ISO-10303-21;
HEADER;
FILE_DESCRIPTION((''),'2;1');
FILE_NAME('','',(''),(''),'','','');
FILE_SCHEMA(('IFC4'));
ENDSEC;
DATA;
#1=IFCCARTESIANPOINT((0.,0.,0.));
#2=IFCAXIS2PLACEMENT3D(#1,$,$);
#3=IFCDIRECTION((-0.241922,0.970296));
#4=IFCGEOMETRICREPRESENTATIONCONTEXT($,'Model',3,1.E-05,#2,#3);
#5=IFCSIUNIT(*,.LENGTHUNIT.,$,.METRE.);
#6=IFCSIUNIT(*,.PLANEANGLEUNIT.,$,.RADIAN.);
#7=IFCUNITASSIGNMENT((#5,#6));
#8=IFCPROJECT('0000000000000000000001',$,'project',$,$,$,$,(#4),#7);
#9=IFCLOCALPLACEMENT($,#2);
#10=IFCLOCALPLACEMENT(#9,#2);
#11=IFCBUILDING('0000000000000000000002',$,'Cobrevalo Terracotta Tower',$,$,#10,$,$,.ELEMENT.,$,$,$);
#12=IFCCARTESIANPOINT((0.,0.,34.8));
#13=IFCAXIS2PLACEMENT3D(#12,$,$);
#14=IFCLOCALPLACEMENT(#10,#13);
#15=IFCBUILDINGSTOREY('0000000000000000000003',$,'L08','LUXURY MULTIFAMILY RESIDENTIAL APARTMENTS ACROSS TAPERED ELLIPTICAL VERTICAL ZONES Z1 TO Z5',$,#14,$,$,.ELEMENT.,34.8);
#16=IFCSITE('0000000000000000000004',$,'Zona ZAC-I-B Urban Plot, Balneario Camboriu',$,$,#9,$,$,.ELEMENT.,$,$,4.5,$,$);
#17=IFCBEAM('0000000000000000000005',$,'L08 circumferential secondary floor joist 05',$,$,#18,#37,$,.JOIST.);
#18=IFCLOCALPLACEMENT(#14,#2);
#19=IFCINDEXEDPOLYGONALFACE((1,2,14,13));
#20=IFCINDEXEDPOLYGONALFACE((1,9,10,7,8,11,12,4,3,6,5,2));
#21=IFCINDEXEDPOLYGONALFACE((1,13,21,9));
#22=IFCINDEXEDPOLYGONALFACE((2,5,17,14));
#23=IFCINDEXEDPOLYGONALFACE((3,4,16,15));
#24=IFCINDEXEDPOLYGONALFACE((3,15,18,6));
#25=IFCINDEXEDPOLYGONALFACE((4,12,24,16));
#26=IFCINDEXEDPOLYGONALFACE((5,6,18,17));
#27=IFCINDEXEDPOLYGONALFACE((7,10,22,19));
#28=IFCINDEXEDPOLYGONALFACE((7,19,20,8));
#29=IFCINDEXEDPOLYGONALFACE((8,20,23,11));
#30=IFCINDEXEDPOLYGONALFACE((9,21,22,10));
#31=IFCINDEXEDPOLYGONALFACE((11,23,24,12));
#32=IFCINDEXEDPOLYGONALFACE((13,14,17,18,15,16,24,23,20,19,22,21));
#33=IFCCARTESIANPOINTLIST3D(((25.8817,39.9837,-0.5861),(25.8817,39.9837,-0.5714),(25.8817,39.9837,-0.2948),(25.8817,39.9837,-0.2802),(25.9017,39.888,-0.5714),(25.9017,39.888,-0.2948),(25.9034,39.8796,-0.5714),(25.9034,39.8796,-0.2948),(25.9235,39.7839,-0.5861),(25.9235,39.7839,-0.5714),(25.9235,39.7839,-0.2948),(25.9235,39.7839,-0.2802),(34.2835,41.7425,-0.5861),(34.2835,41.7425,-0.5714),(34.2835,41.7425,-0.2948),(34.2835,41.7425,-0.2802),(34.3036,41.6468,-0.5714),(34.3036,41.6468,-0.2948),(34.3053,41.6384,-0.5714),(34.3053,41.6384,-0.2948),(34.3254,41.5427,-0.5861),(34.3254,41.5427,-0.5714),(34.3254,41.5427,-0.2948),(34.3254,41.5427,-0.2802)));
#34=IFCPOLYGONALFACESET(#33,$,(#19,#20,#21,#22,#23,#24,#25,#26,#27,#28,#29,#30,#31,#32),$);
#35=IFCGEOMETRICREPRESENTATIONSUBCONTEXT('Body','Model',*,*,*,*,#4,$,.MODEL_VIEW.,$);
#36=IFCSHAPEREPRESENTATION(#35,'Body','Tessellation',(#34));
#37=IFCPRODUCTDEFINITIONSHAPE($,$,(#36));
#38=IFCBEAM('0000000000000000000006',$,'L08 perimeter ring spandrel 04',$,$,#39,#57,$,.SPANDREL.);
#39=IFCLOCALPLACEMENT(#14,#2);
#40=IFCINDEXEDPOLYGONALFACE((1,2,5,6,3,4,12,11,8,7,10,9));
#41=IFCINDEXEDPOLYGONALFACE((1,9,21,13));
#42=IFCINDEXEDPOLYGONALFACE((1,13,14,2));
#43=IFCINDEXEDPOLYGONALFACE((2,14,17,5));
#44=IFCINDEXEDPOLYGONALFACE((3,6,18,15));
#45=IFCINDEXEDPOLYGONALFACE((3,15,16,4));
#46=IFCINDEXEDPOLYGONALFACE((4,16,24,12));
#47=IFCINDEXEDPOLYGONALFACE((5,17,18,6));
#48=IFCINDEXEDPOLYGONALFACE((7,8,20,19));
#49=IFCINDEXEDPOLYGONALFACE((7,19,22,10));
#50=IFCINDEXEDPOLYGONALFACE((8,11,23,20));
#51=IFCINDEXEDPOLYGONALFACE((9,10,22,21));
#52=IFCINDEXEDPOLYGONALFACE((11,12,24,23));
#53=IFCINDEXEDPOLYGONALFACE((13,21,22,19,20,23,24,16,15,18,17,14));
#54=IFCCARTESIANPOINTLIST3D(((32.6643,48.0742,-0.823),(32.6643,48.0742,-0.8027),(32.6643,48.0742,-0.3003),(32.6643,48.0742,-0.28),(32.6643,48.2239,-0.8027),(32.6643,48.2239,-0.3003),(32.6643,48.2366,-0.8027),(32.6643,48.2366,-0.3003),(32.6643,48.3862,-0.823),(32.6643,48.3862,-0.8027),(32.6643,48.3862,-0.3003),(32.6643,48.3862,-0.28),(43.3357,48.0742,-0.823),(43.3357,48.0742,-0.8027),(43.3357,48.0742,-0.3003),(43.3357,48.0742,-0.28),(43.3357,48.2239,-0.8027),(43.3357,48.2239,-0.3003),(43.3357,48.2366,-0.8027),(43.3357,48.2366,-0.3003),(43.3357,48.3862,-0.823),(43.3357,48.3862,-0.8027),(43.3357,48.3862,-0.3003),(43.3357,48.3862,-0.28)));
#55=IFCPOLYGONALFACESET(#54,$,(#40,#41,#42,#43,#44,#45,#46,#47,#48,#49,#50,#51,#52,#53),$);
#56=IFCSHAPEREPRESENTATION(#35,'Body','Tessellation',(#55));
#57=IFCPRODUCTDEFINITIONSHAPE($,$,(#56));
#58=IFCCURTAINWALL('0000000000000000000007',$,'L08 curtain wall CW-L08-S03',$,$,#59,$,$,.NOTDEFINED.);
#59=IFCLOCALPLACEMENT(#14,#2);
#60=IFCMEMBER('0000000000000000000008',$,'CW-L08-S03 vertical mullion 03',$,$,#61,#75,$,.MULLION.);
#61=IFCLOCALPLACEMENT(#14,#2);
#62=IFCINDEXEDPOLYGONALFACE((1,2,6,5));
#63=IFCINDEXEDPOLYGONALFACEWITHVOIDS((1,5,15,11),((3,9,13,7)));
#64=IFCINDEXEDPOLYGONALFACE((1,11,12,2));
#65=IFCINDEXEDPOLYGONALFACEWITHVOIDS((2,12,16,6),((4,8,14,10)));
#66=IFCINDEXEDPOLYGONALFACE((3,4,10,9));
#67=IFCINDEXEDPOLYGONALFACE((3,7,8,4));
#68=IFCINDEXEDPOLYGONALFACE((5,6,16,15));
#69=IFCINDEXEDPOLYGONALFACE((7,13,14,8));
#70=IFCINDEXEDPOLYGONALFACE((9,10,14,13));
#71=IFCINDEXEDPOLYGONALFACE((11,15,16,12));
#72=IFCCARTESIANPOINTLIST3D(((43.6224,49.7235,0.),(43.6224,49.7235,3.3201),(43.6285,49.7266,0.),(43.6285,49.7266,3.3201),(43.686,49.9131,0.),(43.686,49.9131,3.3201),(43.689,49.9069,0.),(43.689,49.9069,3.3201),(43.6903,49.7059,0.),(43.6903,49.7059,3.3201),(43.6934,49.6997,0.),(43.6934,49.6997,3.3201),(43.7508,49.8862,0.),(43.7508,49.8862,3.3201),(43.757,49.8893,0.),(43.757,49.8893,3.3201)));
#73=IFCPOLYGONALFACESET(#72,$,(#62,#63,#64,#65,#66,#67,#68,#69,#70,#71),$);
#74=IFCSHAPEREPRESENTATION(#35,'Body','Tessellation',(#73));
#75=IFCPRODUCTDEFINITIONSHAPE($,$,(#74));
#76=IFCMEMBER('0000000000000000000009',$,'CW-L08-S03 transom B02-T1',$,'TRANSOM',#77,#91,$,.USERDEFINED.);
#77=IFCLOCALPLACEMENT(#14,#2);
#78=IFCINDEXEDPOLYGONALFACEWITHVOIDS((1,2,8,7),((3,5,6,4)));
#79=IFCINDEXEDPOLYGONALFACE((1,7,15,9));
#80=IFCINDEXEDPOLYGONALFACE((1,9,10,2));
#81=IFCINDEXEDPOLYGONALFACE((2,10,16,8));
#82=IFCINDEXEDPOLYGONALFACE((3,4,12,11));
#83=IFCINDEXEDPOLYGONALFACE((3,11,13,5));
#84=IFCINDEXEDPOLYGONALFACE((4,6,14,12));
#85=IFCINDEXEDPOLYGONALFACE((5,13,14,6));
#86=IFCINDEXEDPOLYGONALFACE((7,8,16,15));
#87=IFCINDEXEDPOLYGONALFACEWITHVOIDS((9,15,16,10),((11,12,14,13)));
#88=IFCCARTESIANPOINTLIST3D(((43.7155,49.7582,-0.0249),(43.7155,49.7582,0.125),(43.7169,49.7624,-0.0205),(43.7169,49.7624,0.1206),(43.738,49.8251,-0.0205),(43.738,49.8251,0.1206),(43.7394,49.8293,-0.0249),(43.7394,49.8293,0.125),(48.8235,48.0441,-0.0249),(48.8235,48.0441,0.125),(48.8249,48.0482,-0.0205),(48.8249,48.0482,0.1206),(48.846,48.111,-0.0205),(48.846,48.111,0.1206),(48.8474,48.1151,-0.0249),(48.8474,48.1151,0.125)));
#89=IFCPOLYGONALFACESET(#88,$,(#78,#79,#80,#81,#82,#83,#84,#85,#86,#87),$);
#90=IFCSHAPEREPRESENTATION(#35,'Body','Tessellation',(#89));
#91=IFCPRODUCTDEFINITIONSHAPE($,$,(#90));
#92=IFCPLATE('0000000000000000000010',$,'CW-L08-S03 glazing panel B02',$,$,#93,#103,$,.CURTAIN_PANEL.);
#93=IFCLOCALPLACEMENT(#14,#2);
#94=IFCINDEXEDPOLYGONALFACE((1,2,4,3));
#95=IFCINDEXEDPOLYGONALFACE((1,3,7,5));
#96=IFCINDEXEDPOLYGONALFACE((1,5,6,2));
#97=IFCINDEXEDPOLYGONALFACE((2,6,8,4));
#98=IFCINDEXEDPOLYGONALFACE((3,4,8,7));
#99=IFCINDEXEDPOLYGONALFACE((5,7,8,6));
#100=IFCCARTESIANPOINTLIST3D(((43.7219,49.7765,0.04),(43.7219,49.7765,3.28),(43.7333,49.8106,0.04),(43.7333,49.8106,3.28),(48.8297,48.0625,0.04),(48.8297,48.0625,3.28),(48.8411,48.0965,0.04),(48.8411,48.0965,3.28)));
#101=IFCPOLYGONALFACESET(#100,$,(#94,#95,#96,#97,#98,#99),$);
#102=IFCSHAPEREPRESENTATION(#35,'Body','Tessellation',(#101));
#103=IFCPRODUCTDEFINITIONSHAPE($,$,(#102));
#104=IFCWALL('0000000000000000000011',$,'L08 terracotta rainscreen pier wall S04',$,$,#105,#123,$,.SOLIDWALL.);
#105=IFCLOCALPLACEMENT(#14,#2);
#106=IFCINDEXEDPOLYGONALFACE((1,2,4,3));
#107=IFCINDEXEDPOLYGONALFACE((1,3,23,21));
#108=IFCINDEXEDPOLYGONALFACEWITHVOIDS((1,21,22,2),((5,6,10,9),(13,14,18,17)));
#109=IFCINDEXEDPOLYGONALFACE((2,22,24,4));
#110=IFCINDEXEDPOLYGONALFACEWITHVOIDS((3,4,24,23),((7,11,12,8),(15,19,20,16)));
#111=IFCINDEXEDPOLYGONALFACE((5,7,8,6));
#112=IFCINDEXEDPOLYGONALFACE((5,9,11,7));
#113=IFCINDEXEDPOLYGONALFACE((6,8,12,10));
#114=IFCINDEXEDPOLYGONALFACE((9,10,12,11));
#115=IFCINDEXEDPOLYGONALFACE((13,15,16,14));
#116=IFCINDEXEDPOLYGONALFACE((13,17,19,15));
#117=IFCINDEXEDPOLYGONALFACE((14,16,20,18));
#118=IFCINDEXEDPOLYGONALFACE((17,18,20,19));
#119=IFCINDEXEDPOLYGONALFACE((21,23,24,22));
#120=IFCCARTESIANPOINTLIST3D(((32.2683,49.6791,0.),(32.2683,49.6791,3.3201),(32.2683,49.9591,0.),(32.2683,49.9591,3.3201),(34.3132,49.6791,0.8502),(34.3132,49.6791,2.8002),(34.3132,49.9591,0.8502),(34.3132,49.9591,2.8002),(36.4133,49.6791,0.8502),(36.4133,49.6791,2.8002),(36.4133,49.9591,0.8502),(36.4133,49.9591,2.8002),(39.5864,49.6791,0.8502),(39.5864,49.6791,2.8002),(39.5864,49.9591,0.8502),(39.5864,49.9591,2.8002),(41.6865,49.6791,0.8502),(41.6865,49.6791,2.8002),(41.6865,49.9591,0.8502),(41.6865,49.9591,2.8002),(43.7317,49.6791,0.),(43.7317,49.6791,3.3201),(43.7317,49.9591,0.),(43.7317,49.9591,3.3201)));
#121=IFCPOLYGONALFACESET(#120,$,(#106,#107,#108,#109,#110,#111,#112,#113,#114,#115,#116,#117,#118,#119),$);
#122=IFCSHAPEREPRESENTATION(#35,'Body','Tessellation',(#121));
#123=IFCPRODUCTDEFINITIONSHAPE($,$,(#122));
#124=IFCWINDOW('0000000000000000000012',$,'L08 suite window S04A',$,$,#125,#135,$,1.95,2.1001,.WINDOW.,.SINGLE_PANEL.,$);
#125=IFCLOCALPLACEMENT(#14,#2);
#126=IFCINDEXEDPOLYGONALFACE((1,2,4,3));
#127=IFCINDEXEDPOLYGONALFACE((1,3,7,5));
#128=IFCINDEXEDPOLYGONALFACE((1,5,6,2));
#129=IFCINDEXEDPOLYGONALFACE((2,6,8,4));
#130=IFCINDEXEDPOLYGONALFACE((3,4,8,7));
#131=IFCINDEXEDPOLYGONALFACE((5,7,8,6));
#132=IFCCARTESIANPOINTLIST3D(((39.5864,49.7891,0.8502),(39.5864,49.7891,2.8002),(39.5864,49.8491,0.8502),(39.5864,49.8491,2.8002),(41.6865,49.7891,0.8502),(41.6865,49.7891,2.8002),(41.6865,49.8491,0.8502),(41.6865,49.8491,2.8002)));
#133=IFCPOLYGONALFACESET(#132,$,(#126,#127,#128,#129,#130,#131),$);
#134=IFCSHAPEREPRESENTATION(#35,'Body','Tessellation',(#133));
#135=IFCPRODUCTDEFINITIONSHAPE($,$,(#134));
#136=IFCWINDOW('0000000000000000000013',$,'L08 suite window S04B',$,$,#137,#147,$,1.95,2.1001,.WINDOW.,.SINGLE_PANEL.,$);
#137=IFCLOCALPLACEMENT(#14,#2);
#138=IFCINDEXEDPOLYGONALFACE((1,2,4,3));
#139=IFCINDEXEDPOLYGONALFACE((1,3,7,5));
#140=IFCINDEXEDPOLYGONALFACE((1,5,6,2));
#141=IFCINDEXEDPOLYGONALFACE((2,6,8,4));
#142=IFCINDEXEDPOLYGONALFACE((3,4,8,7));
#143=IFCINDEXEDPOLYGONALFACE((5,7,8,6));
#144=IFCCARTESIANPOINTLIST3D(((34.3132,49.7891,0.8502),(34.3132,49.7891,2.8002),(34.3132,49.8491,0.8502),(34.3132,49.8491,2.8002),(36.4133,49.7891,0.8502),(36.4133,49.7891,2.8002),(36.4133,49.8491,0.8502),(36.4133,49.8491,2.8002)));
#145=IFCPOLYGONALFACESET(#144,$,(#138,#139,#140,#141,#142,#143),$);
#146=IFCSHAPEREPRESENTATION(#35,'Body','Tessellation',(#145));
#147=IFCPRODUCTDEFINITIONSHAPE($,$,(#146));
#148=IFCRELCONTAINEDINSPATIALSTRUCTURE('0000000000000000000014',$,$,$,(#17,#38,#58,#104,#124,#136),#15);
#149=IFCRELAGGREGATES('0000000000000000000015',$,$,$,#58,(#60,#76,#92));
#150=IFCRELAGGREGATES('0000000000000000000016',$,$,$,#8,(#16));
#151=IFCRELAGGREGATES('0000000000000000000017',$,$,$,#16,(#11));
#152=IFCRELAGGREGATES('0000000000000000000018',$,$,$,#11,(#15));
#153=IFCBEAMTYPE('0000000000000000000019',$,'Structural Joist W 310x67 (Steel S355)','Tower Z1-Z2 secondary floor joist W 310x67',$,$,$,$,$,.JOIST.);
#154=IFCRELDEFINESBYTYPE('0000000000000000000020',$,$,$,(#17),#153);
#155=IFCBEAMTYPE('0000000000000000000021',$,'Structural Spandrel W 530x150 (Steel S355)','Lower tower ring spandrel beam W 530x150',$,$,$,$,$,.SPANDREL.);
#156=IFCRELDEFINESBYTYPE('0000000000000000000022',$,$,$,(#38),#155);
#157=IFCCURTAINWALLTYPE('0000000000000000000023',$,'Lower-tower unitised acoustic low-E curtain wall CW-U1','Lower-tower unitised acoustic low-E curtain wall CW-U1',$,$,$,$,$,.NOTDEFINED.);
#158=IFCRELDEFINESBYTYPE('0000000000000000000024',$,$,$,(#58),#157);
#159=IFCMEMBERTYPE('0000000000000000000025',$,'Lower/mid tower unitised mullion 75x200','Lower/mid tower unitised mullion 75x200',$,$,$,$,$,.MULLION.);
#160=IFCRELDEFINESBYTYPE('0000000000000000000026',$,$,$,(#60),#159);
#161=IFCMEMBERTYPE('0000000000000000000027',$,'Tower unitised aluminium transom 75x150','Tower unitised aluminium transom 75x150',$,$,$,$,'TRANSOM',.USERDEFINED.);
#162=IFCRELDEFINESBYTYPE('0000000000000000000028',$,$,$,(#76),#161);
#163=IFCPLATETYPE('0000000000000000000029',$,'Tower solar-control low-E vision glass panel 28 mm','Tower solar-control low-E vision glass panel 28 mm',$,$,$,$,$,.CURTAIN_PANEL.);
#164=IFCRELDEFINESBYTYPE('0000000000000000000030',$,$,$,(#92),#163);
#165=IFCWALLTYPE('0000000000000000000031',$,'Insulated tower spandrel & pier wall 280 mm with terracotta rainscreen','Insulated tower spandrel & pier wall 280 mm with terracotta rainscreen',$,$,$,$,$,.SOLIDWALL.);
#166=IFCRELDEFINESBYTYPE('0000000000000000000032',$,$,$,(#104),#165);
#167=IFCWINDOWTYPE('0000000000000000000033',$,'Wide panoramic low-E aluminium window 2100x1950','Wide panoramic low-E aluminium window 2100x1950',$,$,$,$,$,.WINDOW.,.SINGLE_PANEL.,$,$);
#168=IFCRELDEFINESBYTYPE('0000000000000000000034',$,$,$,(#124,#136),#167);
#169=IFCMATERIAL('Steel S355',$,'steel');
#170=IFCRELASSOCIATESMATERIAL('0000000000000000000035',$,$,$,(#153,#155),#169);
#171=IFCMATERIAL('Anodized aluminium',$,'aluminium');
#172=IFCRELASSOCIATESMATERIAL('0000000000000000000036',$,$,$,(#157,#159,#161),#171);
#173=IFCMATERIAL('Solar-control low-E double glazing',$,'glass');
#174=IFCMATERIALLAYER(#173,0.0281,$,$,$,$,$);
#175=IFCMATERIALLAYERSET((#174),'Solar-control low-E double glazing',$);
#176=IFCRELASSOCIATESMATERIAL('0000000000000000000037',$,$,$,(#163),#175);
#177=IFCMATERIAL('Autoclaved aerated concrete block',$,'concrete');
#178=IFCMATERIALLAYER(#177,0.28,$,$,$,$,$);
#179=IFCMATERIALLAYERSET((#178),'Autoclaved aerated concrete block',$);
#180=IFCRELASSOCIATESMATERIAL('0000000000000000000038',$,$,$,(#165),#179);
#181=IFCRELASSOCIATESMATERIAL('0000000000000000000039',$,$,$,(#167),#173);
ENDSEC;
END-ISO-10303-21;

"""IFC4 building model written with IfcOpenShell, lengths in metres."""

from ifc_helpers import new_model, si_unit, direction, frame, frame_2d, origin, origin_2d, place, context, subcontext, project, spatial, rectangle, hollow_rectangle, i_section, extrude, source, transform, mapped, material, layer, layer_set, material_profile, profile_set, type_object, element, fill, aggregate, save


model = new_model("IFC4")

# Units and contexts
model_context = context("Model", 3, precision=1e-05, world=origin(), true_north=direction((-0.241922, 0.970296)))
body_context = subcontext(model_context, "Body", "Model", "MODEL_VIEW")
ifc_project = project(units=[si_unit("LENGTHUNIT", "METRE"), si_unit("PLANEANGLEUNIT", "RADIAN")], contexts=[model_context])

# Site, building, storey
site_placement = place(None, origin())
site = spatial("IfcSite", under=ifc_project, at=site_placement, Name="Zona ZAC-I-B Urban Plot, Balneario Camboriu", CompositionType="ELEMENT", RefElevation=4.5)
building_placement = place(site_placement, origin())
building = spatial("IfcBuilding", under=site, at=building_placement, Name="Cobrevalo Terracotta Tower", CompositionType="ELEMENT")
storey_placement = place(building_placement, frame((0.0, 0.0, 34.8)))
storey = spatial("IfcBuildingStorey", under=building, at=storey_placement, Name="L08", Description="LUXURY MULTIFAMILY RESIDENTIAL APARTMENTS ACROSS TAPERED ELLIPTICAL VERTICAL ZONES Z1 TO Z5", CompositionType="ELEMENT", Elevation=34.8)

# Shared definitions
ifc_material_1 = material(Name="Steel S355", Category="steel")

# Beams
ifc_material_profile_1 = material_profile(ifc_material_1, i_section(OverallWidth=0.2041, OverallDepth=0.3059, WebThickness=0.0085, FlangeThickness=0.0146, at=origin_2d()), Name="W 310x67")
ifc_profile_set_1 = profile_set([ifc_material_profile_1], Name="Steel S355")
beam_type_1 = type_object("IfcBeamType", Name="Structural Joist W 310x67 (Steel S355)", Description="Tower Z1-Z2 secondary floor joist W 310x67", PredefinedType="JOIST", material=ifc_profile_set_1)
beam_1_placement = place(storey_placement, frame((34.3044, 41.6426, -0.4331), z_axis=(-0.978785, -0.204892, 0.0), x_axis=(0.204892, -0.978785, 0.0)))
element("IfcBeam", 1, at=beam_1_placement, inside=storey, type_object=beam_type_1, Name="L08 circumferential secondary floor joist 05", PredefinedType="JOIST", context=body_context, shape_type="SweptSolid", body=[
    extrude(i_section(OverallWidth=0.2041, OverallDepth=0.3059, WebThickness=0.0085, FlangeThickness=0.0146, at=origin_2d()), origin(), (0.0, 0.0, 1.0), 8.584),
])
ifc_material_profile_2 = material_profile(ifc_material_1, i_section(OverallWidth=0.312, OverallDepth=0.543, WebThickness=0.0127, FlangeThickness=0.0203, at=origin_2d()), Name="W 530x150")
ifc_profile_set_2 = profile_set([ifc_material_profile_2], Name="Steel S355")
beam_type_2 = type_object("IfcBeamType", Name="Structural Spandrel W 530x150 (Steel S355)", Description="Lower tower ring spandrel beam W 530x150", PredefinedType="SPANDREL", material=ifc_profile_set_2)
beam_2_placement = place(storey_placement, frame((43.3357, 48.2302, -0.5515), z_axis=(-1.0, 0.0, 0.0), x_axis=(0.0, -1.0, 0.0)))
element("IfcBeam", 2, at=beam_2_placement, inside=storey, type_object=beam_type_2, Name="L08 perimeter ring spandrel 04", PredefinedType="SPANDREL", context=body_context, shape_type="SweptSolid", body=[
    extrude(i_section(OverallWidth=0.312, OverallDepth=0.543, WebThickness=0.0127, FlangeThickness=0.0203, at=origin_2d()), origin(), (0.0, 0.0, 1.0), 10.6714),
])

# Curtain wall, members, plate
ifc_material_2 = material(Name="Anodized aluminium", Category="aluminium")
curtain_wall_type = type_object("IfcCurtainWallType", Name="Lower-tower unitised acoustic low-E curtain wall CW-U1", Description="Lower-tower unitised acoustic low-E curtain wall CW-U1", PredefinedType="NOTDEFINED", material=ifc_material_2)
curtain_wall_placement = place(storey_placement, origin())
curtain_wall = element("IfcCurtainWall", 3, at=curtain_wall_placement, inside=storey, type_object=curtain_wall_type, Name="L08 curtain wall CW-L08-S03", PredefinedType="NOTDEFINED")
ifc_material_profile_3 = material_profile(ifc_material_2, hollow_rectangle(XDim=0.075, YDim=0.2, WallThickness=0.0049, at=origin_2d()), Name="CWM 75x200")
ifc_profile_set_3 = profile_set([ifc_material_profile_3], Name="Anodized aluminium")
member_type_1 = type_object("IfcMemberType", Name="Lower/mid tower unitised mullion 75x200", Description="Lower/mid tower unitised mullion 75x200", PredefinedType="MULLION", material=ifc_profile_set_3)
shared_shape_1 = source(origin(), body_context, "Body", "SweptSolid", [
    extrude(hollow_rectangle(XDim=0.075, YDim=0.2, WallThickness=0.0049, at=origin_2d()), origin(), (0.0, 0.0, 1.0), 3.3201),
])
member_1_placement = place(storey_placement, frame((43.6897, 49.8064, 0.0), z_axis=(0.0, 0.0, 1.0), x_axis=(-0.948046, 0.318132, 0.0)))
member_1 = element("IfcMember", 4, at=member_1_placement, type_object=member_type_1, Name="CW-L08-S03 vertical mullion 03", PredefinedType="MULLION", context=body_context, shape_type="MappedRepresentation", body=[
    mapped(shared_shape_1, transform((0.0, 0.0, 0.0), scale=1.0)),
])
ifc_material_profile_4 = material_profile(ifc_material_2, hollow_rectangle(XDim=0.075, YDim=0.1499, WallThickness=0.0044, at=origin_2d()), Name="CWT 75x150")
ifc_profile_set_4 = profile_set([ifc_material_profile_4], Name="Anodized aluminium")
member_type_2 = type_object("IfcMemberType", Name="Tower unitised aluminium transom 75x150", Description="Tower unitised aluminium transom 75x150", ElementType="TRANSOM", PredefinedType="USERDEFINED", material=ifc_profile_set_4)
shared_shape_2 = source(origin(), body_context, "Body", "SweptSolid", [
    extrude(hollow_rectangle(XDim=0.075, YDim=0.1499, WallThickness=0.0044, at=origin_2d()), origin(), (0.0, 0.0, 1.0), 5.3879),
])
member_2_placement = place(storey_placement, frame((48.8354, 48.0796, 0.05), z_axis=(-0.948042, 0.318144, 0.0), x_axis=(-0.318144, -0.948042, 0.0)))
member_2 = element("IfcMember", 5, at=member_2_placement, type_object=member_type_2, Name="CW-L08-S03 transom B02-T1", ObjectType="TRANSOM", PredefinedType="USERDEFINED", context=body_context, shape_type="MappedRepresentation", body=[
    mapped(shared_shape_2, transform((0.0, 0.0, 0.0), scale=1.0)),
])
ifc_material_3 = material(Name="Solar-control low-E double glazing", Category="glass")
ifc_layer_1 = layer(ifc_material_3, 0.0281)
ifc_layer_set_1 = layer_set([ifc_layer_1], Name="Solar-control low-E double glazing")
plate_type = type_object("IfcPlateType", Name="Tower solar-control low-E vision glass panel 28 mm", Description="Tower solar-control low-E vision glass panel 28 mm", PredefinedType="CURTAIN_PANEL", material=ifc_layer_set_1)
shared_shape_3 = source(origin(), body_context, "Body", "SweptSolid", [
    extrude(rectangle(XDim=5.3877, YDim=0.0359, at=origin_2d()), origin(), (0.0, 0.0, 1.0), 3.24),
])
plate_placement = place(storey_placement, frame((46.2815, 48.9365, 0.04), z_axis=(0.0, 0.0, 1.0), x_axis=(-0.948044, 0.318139, 0.0)))
plate = element("IfcPlate", 6, at=plate_placement, type_object=plate_type, Name="CW-L08-S03 glazing panel B02", PredefinedType="CURTAIN_PANEL", context=body_context, shape_type="MappedRepresentation", body=[
    mapped(shared_shape_3, transform((0.0, 0.0, 0.0), scale=1.0)),
])
aggregate(curtain_wall, [member_1, member_2, plate])

# Wall, openings, windows
ifc_material_4 = material(Name="Autoclaved aerated concrete block", Category="concrete")
ifc_layer_2 = layer(ifc_material_4, 0.28)
ifc_layer_set_2 = layer_set([ifc_layer_2], Name="Autoclaved aerated concrete block")
wall_type_1 = type_object("IfcWallType", Name="Insulated tower spandrel & pier wall 280 mm with terracotta rainscreen", Description="Insulated tower spandrel & pier wall 280 mm with terracotta rainscreen", PredefinedType="SOLIDWALL", material=ifc_layer_set_2)
wall_1_placement = place(storey_placement, frame((43.7317, 49.8191, 0.0), z_axis=(0.0, 0.0, 1.0), x_axis=(-1.0, 0.0, 0.0)))
wall_1 = element("IfcWall", 7, at=wall_1_placement, inside=storey, type_object=wall_type_1, Name="L08 terracotta rainscreen pier wall S04", PredefinedType="SOLIDWALL", context=body_context, shape_type="SweptSolid", body=[
    extrude(rectangle(XDim=11.4634, YDim=0.28, at=frame_2d((5.7317, 0.0))), origin(), (0.0, 0.0, 1.0), 3.3201),
])
opening_1_placement = place(wall_1_placement, frame((2.0452, 0.0, 0.8501)))
opening_1 = element("IfcOpeningElement", 8, at=opening_1_placement, cuts=wall_1, PredefinedType="OPENING", context=body_context, shape_type="SweptSolid", body=[
    extrude(rectangle(XDim=2.1001, YDim=1.95, at=frame_2d((1.05, 0.9751))), frame((0.0, 0.1499, 0.0), z_axis=(0.0, -1.0, 0.0), x_axis=(1.0, 0.0, 0.0)), (0.0, 0.0, 1.0), 0.3),
])
opening_2_placement = place(wall_1_placement, frame((7.3184, 0.0, 0.8501)))
opening_2 = element("IfcOpeningElement", 9, at=opening_2_placement, cuts=wall_1, PredefinedType="OPENING", context=body_context, shape_type="SweptSolid", body=[
    extrude(rectangle(XDim=2.1001, YDim=1.95, at=frame_2d((1.05, 0.9751))), frame((0.0, 0.1499, 0.0), z_axis=(0.0, -1.0, 0.0), x_axis=(1.0, 0.0, 0.0)), (0.0, 0.0, 1.0), 0.3),
])
window_type = type_object("IfcWindowType", Name="Wide panoramic low-E aluminium window 2100x1950", Description="Wide panoramic low-E aluminium window 2100x1950", PartitioningType="SINGLE_PANEL", PredefinedType="WINDOW", material=ifc_material_3)
shared_shape_4 = source(origin(), body_context, "Body", "SweptSolid", [
    extrude(rectangle(XDim=2.1001, YDim=1.95, at=frame_2d((1.05, 0.9751))), frame((0.0, 0.03, 0.0), z_axis=(0.0, -1.0, 0.0), x_axis=(1.0, 0.0, 0.0)), (0.0, 0.0, 1.0), 0.0601),
])
window_1_placement = place(opening_1_placement, origin())
window_1 = element("IfcWindow", 10, at=window_1_placement, inside=storey, type_object=window_type, Name="L08 suite window S04A", OverallHeight=1.95, OverallWidth=2.1001, PartitioningType="SINGLE_PANEL", PredefinedType="WINDOW", context=body_context, shape_type="MappedRepresentation", body=[
    mapped(shared_shape_4, transform((0.0, 0.0, 0.0), scale=1.0)),
])
fill(opening_1, window_1)
window_2_placement = place(opening_2_placement, origin())
window_2 = element("IfcWindow", 11, at=window_2_placement, inside=storey, type_object=window_type, Name="L08 suite window S04B", OverallHeight=1.95, OverallWidth=2.1001, PartitioningType="SINGLE_PANEL", PredefinedType="WINDOW", context=body_context, shape_type="MappedRepresentation", body=[
    mapped(shared_shape_4, transform((0.0, 0.0, 0.0), scale=1.0)),
])
fill(opening_2, window_2)

save(model, "model.ifc")
